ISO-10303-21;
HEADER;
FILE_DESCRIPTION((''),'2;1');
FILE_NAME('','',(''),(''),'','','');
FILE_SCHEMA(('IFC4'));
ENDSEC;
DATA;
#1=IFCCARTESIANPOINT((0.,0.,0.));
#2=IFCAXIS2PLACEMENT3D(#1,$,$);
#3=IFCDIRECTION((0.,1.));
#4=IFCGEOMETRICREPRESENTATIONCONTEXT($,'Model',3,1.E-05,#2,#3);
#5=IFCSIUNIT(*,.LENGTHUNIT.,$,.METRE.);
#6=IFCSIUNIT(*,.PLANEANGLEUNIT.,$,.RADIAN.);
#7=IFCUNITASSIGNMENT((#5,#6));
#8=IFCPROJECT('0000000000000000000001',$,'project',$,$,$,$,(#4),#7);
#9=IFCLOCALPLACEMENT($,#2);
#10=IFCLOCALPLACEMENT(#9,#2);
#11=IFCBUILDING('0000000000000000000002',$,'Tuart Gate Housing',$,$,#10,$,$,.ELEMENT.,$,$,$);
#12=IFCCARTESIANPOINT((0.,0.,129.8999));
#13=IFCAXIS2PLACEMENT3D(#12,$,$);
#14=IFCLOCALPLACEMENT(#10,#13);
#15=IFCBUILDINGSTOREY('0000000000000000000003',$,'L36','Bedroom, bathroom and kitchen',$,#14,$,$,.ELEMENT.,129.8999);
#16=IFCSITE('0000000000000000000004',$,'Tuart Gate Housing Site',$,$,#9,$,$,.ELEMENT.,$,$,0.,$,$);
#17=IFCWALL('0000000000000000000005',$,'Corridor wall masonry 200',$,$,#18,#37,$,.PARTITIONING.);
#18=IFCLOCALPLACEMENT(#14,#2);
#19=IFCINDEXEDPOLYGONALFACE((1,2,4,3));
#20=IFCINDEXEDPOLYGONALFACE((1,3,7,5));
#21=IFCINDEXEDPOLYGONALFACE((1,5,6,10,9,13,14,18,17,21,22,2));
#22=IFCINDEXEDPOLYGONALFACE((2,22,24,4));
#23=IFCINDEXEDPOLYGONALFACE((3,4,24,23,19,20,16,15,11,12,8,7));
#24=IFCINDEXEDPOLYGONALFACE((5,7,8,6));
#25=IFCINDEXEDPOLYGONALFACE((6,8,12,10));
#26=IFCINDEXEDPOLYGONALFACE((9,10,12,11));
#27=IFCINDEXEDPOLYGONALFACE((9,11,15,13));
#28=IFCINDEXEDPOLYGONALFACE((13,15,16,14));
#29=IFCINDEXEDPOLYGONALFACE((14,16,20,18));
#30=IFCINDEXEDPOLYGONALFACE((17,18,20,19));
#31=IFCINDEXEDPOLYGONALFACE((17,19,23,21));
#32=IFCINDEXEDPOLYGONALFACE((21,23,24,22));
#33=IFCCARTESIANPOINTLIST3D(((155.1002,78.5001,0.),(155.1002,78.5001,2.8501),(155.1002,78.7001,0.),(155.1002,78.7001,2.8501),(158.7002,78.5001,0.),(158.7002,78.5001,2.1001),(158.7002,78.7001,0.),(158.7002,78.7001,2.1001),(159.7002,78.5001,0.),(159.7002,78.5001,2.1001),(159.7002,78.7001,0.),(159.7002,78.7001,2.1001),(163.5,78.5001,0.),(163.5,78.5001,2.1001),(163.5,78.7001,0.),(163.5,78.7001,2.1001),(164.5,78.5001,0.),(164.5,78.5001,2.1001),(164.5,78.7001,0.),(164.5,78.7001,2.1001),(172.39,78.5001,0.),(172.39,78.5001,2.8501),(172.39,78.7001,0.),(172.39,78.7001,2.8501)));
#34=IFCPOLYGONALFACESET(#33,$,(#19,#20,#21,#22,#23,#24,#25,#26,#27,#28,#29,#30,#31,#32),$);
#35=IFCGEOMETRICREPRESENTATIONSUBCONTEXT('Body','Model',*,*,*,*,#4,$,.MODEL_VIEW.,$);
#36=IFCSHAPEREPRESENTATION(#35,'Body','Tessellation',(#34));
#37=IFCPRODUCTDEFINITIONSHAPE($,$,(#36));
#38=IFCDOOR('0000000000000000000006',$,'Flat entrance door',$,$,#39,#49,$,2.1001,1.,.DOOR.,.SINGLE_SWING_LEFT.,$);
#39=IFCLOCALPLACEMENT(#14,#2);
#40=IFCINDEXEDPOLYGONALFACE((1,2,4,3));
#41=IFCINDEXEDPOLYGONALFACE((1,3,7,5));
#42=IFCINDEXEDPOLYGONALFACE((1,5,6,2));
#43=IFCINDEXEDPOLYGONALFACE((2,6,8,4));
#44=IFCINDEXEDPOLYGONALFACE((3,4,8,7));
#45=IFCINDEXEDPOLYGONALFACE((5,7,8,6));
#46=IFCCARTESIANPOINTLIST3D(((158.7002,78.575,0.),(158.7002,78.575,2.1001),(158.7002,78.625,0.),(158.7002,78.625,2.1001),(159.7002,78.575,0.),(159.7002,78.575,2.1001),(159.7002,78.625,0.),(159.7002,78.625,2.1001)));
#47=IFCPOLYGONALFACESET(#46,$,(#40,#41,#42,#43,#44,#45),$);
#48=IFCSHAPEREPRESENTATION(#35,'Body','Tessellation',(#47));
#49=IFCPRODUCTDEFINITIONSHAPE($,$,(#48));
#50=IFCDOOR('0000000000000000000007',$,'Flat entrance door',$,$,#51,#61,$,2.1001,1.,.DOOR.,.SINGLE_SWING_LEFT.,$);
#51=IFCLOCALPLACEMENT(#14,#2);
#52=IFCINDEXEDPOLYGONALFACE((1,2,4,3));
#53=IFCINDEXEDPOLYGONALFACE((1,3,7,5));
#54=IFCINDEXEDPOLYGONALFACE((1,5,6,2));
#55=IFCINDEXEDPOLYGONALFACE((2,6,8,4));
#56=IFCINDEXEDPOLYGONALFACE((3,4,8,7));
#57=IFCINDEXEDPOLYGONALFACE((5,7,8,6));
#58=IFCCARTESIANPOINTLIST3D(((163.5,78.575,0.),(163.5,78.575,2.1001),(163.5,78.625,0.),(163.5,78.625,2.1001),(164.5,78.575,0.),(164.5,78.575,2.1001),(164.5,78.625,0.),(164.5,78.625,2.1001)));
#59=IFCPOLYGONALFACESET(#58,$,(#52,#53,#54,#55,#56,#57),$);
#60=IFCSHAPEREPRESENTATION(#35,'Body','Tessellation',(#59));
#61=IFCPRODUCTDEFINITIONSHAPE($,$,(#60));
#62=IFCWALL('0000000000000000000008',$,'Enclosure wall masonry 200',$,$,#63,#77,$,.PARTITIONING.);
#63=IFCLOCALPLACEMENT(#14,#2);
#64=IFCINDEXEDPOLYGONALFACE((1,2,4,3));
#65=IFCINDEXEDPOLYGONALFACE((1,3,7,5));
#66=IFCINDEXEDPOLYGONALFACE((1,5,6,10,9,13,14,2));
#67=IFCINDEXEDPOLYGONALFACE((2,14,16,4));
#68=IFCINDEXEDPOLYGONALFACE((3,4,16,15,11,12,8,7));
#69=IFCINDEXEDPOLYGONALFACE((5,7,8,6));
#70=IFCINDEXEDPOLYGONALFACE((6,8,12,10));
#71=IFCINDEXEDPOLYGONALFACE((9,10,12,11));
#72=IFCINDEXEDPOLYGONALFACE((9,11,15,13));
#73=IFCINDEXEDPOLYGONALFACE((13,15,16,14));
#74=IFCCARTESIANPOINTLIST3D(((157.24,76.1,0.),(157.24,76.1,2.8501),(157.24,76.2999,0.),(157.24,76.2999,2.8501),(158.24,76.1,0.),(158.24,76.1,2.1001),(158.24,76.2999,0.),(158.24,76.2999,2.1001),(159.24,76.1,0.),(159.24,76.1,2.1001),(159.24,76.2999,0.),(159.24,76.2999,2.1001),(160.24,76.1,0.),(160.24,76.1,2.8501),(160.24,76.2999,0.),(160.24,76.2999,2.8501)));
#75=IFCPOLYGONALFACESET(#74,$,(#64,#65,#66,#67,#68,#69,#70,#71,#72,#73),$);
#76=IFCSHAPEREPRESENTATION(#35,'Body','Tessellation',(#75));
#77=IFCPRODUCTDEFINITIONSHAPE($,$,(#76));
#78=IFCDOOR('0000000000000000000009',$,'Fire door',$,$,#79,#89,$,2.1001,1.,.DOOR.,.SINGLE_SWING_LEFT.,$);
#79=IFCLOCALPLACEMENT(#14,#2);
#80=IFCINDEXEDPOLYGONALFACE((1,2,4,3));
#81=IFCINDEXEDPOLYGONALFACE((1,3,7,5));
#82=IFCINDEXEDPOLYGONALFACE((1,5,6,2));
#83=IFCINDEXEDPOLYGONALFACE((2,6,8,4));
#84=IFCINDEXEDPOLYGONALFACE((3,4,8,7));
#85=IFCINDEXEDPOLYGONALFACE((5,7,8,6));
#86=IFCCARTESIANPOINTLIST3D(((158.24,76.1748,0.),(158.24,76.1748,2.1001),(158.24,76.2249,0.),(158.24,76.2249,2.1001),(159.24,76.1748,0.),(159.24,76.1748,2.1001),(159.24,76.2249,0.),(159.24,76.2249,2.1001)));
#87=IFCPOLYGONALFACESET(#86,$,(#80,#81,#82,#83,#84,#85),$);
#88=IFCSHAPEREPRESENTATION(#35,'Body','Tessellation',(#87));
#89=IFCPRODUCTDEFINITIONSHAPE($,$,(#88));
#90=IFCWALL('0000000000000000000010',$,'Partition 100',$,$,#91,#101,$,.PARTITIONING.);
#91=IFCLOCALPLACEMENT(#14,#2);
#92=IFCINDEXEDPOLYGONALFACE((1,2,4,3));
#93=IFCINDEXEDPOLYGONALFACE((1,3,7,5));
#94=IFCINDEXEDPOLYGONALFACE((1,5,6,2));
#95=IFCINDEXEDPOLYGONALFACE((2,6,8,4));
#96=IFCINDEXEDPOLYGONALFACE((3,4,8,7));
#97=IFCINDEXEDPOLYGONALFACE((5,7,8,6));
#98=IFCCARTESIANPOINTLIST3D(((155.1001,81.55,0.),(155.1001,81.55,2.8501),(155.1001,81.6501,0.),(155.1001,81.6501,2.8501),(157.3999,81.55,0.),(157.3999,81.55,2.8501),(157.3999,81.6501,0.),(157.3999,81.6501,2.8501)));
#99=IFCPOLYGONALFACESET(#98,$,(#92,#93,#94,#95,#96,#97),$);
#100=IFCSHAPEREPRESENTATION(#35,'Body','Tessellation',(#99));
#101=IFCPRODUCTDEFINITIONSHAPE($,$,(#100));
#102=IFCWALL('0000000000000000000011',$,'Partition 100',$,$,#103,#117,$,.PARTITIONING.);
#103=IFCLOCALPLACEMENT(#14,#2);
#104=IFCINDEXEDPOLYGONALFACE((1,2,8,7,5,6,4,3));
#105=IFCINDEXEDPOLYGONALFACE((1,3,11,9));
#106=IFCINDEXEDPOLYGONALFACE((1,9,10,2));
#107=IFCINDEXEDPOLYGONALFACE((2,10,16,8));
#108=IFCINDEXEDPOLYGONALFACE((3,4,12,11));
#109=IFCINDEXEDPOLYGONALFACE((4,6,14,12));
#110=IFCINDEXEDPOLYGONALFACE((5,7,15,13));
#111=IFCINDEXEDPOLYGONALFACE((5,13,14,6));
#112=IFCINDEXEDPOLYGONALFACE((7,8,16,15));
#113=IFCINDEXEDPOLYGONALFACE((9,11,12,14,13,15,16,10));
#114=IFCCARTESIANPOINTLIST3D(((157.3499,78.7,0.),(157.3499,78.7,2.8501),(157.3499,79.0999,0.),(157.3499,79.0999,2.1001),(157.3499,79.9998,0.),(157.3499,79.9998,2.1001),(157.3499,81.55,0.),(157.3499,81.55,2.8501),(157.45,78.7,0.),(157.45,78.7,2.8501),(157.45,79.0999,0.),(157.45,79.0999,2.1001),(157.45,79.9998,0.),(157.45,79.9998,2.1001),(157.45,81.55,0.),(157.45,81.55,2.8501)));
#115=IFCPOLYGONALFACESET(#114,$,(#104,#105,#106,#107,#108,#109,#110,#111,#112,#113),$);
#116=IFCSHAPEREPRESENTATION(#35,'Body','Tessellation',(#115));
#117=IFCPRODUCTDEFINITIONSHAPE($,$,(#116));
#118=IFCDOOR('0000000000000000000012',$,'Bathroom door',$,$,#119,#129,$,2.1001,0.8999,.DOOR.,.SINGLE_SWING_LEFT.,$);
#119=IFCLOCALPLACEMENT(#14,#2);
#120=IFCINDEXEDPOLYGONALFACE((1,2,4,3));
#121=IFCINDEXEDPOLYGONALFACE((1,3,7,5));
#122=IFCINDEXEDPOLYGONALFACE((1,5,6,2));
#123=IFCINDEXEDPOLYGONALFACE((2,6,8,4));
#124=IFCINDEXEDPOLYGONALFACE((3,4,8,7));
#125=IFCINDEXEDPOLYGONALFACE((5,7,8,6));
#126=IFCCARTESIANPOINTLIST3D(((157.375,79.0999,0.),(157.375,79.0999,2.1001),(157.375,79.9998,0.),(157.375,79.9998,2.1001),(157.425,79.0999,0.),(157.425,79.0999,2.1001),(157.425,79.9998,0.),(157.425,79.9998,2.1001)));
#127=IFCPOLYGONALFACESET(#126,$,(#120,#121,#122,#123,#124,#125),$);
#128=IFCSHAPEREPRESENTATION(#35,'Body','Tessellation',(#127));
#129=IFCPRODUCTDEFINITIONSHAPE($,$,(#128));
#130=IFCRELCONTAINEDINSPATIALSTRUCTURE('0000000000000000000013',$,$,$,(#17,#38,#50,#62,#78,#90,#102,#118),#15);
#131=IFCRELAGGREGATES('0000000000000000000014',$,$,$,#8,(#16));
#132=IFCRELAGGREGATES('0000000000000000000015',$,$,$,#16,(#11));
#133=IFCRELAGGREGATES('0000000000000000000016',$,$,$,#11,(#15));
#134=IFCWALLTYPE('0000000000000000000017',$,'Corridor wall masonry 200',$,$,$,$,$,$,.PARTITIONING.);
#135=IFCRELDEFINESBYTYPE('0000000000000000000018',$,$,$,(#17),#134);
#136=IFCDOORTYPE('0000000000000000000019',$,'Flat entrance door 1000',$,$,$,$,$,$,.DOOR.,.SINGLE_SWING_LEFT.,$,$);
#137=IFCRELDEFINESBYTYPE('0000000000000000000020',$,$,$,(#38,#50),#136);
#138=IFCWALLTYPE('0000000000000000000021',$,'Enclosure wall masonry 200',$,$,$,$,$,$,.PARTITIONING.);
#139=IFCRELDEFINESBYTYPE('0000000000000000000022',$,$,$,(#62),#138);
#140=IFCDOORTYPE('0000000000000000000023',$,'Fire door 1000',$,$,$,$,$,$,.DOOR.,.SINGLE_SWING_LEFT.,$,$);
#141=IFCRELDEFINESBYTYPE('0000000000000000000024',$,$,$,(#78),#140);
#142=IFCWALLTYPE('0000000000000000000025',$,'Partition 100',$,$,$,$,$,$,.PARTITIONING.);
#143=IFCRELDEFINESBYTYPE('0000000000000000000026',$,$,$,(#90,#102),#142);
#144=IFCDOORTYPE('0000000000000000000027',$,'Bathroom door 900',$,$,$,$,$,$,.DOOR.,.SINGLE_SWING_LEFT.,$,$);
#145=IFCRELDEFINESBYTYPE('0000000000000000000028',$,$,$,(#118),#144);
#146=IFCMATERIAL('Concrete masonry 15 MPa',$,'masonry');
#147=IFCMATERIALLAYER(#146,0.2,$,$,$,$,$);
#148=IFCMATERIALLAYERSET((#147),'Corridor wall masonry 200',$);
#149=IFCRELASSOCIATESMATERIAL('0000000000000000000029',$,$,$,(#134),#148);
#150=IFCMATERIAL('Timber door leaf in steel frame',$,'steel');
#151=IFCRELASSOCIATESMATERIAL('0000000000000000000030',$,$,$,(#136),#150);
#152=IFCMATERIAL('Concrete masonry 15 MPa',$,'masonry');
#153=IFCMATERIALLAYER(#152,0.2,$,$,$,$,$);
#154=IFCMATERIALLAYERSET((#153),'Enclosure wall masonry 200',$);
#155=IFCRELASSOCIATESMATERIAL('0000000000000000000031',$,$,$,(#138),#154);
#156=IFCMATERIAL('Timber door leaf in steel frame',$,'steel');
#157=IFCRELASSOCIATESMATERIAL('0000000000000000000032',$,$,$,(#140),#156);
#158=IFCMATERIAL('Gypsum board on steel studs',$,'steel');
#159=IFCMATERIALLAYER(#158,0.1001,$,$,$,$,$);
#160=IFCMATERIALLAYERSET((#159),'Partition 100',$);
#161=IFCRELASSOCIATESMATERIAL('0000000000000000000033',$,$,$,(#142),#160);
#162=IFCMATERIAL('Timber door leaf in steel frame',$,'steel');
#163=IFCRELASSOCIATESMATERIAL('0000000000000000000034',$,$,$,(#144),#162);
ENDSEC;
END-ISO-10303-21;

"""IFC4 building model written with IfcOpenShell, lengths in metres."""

from ifc_helpers import new_model, si_unit, direction, frame, frame_2d, origin, place, context, subcontext, project, spatial, rectangle, extrude, material, layer, layer_set, type_object, element, fill, save


model = new_model("IFC4")

# Units and contexts
model_context = context("Model", 3, precision=1e-05, world=origin(), true_north=direction((0.0, 1.0)))
body_context = subcontext(model_context, "Body", "Model", "MODEL_VIEW")
ifc_project = project(units=[si_unit("LENGTHUNIT", "METRE"), si_unit("PLANEANGLEUNIT", "RADIAN")], contexts=[model_context])

# Site, building, storey
site_placement = place(None, origin())
site = spatial("IfcSite", under=ifc_project, at=site_placement, Name="Tuart Gate Housing Site", CompositionType="ELEMENT", RefElevation=0.0)
building_placement = place(site_placement, origin())
building = spatial("IfcBuilding", under=site, at=building_placement, Name="Tuart Gate Housing", CompositionType="ELEMENT")
storey_placement = place(building_placement, frame((0.0, 0.0, 129.8999)))
storey = spatial("IfcBuildingStorey", under=building, at=storey_placement, Name="L36", Description="Bedroom, bathroom and kitchen", CompositionType="ELEMENT", Elevation=129.8999)

# Shared definitions
ifc_material_1 = material(Name="Concrete masonry 15 MPa", Category="masonry")
ifc_layer_1 = layer(ifc_material_1, 0.2)
ifc_layer_set_1 = layer_set([ifc_layer_1], Name="Corridor wall masonry 200")
wall_type_1 = type_object("IfcWallType", Name="Corridor wall masonry 200", PredefinedType="PARTITIONING", material=ifc_layer_set_1)

# Wall, openings, doors
wall_1_placement = place(storey_placement, frame((155.1001, 78.6001, 0.0), z_axis=(0.0, 0.0, 1.0), x_axis=(1.0, 0.0, 0.0)))
wall_1 = element("IfcWall", 1, at=wall_1_placement, inside=storey, type_object=wall_type_1, Name="Corridor wall masonry 200", PredefinedType="PARTITIONING", context=body_context, shape_type="SweptSolid", body=[
    extrude(rectangle(XDim=17.2898, YDim=0.2, at=frame_2d((8.645, 0.0))), origin(), (0.0, 0.0, 1.0), 2.8501),
])
opening_1_placement = place(wall_1_placement, frame((3.6001, 0.0, 0.0)))
opening_1 = element("IfcOpeningElement", 2, at=opening_1_placement, cuts=wall_1, PredefinedType="OPENING", context=body_context, shape_type="SweptSolid", body=[
    extrude(rectangle(XDim=1.0, YDim=2.1001, at=frame_2d((0.5, 1.05))), frame((0.0, 0.1099, 0.0), z_axis=(0.0, -1.0, 0.0), x_axis=(1.0, 0.0, 0.0)), (0.0, 0.0, 1.0), 0.22),
])
opening_2_placement = place(wall_1_placement, frame((8.3999, 0.0, 0.0)))
opening_2 = element("IfcOpeningElement", 3, at=opening_2_placement, cuts=wall_1, PredefinedType="OPENING", context=body_context, shape_type="SweptSolid", body=[
    extrude(rectangle(XDim=1.0, YDim=2.1001, at=frame_2d((0.5, 1.05))), frame((0.0, 0.1099, 0.0), z_axis=(0.0, -1.0, 0.0), x_axis=(1.0, 0.0, 0.0)), (0.0, 0.0, 1.0), 0.22),
])
ifc_material_2 = material(Name="Timber door leaf in steel frame", Category="steel")
door_type_1 = type_object("IfcDoorType", Name="Flat entrance door 1000", OperationType="SINGLE_SWING_LEFT", PredefinedType="DOOR", material=ifc_material_2)
door_1_placement = place(opening_1_placement, origin())
door_1 = element("IfcDoor", 4, at=door_1_placement, inside=storey, type_object=door_type_1, Name="Flat entrance door", OperationType="SINGLE_SWING_LEFT", OverallHeight=2.1001, OverallWidth=1.0, PredefinedType="DOOR", context=body_context, shape_type="SweptSolid", body=[
    extrude(rectangle(XDim=1.0, YDim=2.1001, at=frame_2d((0.5, 1.05))), frame((0.0, 0.0249, 0.0), z_axis=(0.0, -1.0, 0.0), x_axis=(1.0, 0.0, 0.0)), (0.0, 0.0, 1.0), 0.05),
])
fill(opening_1, door_1)
door_2_placement = place(opening_2_placement, origin())
door_2 = element("IfcDoor", 5, at=door_2_placement, inside=storey, type_object=door_type_1, Name="Flat entrance door", OperationType="SINGLE_SWING_LEFT", OverallHeight=2.1001, OverallWidth=1.0, PredefinedType="DOOR", context=body_context, shape_type="SweptSolid", body=[
    extrude(rectangle(XDim=1.0, YDim=2.1001, at=frame_2d((0.5, 1.05))), frame((0.0, 0.0249, 0.0), z_axis=(0.0, -1.0, 0.0), x_axis=(1.0, 0.0, 0.0)), (0.0, 0.0, 1.0), 0.05),
])
fill(opening_2, door_2)

# Wall, opening, door
ifc_material_3 = material(Name="Concrete masonry 15 MPa", Category="masonry")
ifc_layer_2 = layer(ifc_material_3, 0.2)
ifc_layer_set_2 = layer_set([ifc_layer_2], Name="Enclosure wall masonry 200")
wall_type_2 = type_object("IfcWallType", Name="Enclosure wall masonry 200", PredefinedType="PARTITIONING", material=ifc_layer_set_2)
wall_2_placement = place(storey_placement, frame((157.24, 76.2, 0.0), z_axis=(0.0, 0.0, 1.0), x_axis=(1.0, 0.0, 0.0)))
wall_2 = element("IfcWall", 6, at=wall_2_placement, inside=storey, type_object=wall_type_2, Name="Enclosure wall masonry 200", PredefinedType="PARTITIONING", context=body_context, shape_type="SweptSolid", body=[
    extrude(rectangle(XDim=3.0, YDim=0.2, at=frame_2d((1.5, 0.0))), origin(), (0.0, 0.0, 1.0), 2.8501),
])
opening_3_placement = place(wall_2_placement, frame((1.0, 0.0, 0.0)))
opening_3 = element("IfcOpeningElement", 7, at=opening_3_placement, cuts=wall_2, PredefinedType="OPENING", context=body_context, shape_type="SweptSolid", body=[
    extrude(rectangle(XDim=1.0, YDim=2.1001, at=frame_2d((0.5, 1.05))), frame((0.0, 0.1099, 0.0), z_axis=(0.0, -1.0, 0.0), x_axis=(1.0, 0.0, 0.0)), (0.0, 0.0, 1.0), 0.22),
])
ifc_material_4 = material(Name="Timber door leaf in steel frame", Category="steel")
door_type_2 = type_object("IfcDoorType", Name="Fire door 1000", OperationType="SINGLE_SWING_LEFT", PredefinedType="DOOR", material=ifc_material_4)
door_3_placement = place(opening_3_placement, origin())
door_3 = element("IfcDoor", 8, at=door_3_placement, inside=storey, type_object=door_type_2, Name="Fire door", OperationType="SINGLE_SWING_LEFT", OverallHeight=2.1001, OverallWidth=1.0, PredefinedType="DOOR", context=body_context, shape_type="SweptSolid", body=[
    extrude(rectangle(XDim=1.0, YDim=2.1001, at=frame_2d((0.5, 1.05))), frame((0.0, 0.0249, 0.0), z_axis=(0.0, -1.0, 0.0), x_axis=(1.0, 0.0, 0.0)), (0.0, 0.0, 1.0), 0.05),
])
fill(opening_3, door_3)

# Wall
ifc_material_5 = material(Name="Gypsum board on steel studs", Category="steel")
ifc_layer_3 = layer(ifc_material_5, 0.1001)
ifc_layer_set_3 = layer_set([ifc_layer_3], Name="Partition 100")
wall_type_3 = type_object("IfcWallType", Name="Partition 100", PredefinedType="PARTITIONING", material=ifc_layer_set_3)
wall_3_placement = place(storey_placement, frame((155.1001, 81.6001, 0.0), z_axis=(0.0, 0.0, 1.0), x_axis=(1.0, 0.0, 0.0)))
element("IfcWall", 9, at=wall_3_placement, inside=storey, type_object=wall_type_3, Name="Partition 100", PredefinedType="PARTITIONING", context=body_context, shape_type="SweptSolid", body=[
    extrude(rectangle(XDim=2.2998, YDim=0.1001, at=frame_2d((1.1499, 0.0))), origin(), (0.0, 0.0, 1.0), 2.8501),
])

# Wall, opening, door
wall_4_placement = place(storey_placement, frame((157.3999, 78.7, 0.0), z_axis=(0.0, 0.0, 1.0), x_axis=(0.0, 1.0, 0.0)))
wall_4 = element("IfcWall", 10, at=wall_4_placement, inside=storey, type_object=wall_type_3, Name="Partition 100", PredefinedType="PARTITIONING", context=body_context, shape_type="SweptSolid", body=[
    extrude(rectangle(XDim=2.8501, YDim=0.1001, at=frame_2d((1.425, 0.0))), origin(), (0.0, 0.0, 1.0), 2.8501),
])
opening_4_placement = place(wall_4_placement, frame((0.3999, 0.0, 0.0)))
opening_4 = element("IfcOpeningElement", 11, at=opening_4_placement, cuts=wall_4, PredefinedType="OPENING", context=body_context, shape_type="SweptSolid", body=[
    extrude(rectangle(XDim=0.8999, YDim=2.1001, at=frame_2d((0.45, 1.05))), frame((0.0, 0.0601, 0.0), z_axis=(0.0, -1.0, 0.0), x_axis=(1.0, 0.0, 0.0)), (0.0, 0.0, 1.0), 0.1201),
])
ifc_material_6 = material(Name="Timber door leaf in steel frame", Category="steel")
door_type_3 = type_object("IfcDoorType", Name="Bathroom door 900", OperationType="SINGLE_SWING_LEFT", PredefinedType="DOOR", material=ifc_material_6)
door_4_placement = place(opening_4_placement, origin())
door_4 = element("IfcDoor", 12, at=door_4_placement, inside=storey, type_object=door_type_3, Name="Bathroom door", OperationType="SINGLE_SWING_LEFT", OverallHeight=2.1001, OverallWidth=0.8999, PredefinedType="DOOR", context=body_context, shape_type="SweptSolid", body=[
    extrude(rectangle(XDim=0.8999, YDim=2.1001, at=frame_2d((0.45, 1.05))), frame((0.0, 0.0249, 0.0), z_axis=(0.0, -1.0, 0.0), x_axis=(1.0, 0.0, 0.0)), (0.0, 0.0, 1.0), 0.05),
])
fill(opening_4, door_4)

save(model, "model.ifc")
